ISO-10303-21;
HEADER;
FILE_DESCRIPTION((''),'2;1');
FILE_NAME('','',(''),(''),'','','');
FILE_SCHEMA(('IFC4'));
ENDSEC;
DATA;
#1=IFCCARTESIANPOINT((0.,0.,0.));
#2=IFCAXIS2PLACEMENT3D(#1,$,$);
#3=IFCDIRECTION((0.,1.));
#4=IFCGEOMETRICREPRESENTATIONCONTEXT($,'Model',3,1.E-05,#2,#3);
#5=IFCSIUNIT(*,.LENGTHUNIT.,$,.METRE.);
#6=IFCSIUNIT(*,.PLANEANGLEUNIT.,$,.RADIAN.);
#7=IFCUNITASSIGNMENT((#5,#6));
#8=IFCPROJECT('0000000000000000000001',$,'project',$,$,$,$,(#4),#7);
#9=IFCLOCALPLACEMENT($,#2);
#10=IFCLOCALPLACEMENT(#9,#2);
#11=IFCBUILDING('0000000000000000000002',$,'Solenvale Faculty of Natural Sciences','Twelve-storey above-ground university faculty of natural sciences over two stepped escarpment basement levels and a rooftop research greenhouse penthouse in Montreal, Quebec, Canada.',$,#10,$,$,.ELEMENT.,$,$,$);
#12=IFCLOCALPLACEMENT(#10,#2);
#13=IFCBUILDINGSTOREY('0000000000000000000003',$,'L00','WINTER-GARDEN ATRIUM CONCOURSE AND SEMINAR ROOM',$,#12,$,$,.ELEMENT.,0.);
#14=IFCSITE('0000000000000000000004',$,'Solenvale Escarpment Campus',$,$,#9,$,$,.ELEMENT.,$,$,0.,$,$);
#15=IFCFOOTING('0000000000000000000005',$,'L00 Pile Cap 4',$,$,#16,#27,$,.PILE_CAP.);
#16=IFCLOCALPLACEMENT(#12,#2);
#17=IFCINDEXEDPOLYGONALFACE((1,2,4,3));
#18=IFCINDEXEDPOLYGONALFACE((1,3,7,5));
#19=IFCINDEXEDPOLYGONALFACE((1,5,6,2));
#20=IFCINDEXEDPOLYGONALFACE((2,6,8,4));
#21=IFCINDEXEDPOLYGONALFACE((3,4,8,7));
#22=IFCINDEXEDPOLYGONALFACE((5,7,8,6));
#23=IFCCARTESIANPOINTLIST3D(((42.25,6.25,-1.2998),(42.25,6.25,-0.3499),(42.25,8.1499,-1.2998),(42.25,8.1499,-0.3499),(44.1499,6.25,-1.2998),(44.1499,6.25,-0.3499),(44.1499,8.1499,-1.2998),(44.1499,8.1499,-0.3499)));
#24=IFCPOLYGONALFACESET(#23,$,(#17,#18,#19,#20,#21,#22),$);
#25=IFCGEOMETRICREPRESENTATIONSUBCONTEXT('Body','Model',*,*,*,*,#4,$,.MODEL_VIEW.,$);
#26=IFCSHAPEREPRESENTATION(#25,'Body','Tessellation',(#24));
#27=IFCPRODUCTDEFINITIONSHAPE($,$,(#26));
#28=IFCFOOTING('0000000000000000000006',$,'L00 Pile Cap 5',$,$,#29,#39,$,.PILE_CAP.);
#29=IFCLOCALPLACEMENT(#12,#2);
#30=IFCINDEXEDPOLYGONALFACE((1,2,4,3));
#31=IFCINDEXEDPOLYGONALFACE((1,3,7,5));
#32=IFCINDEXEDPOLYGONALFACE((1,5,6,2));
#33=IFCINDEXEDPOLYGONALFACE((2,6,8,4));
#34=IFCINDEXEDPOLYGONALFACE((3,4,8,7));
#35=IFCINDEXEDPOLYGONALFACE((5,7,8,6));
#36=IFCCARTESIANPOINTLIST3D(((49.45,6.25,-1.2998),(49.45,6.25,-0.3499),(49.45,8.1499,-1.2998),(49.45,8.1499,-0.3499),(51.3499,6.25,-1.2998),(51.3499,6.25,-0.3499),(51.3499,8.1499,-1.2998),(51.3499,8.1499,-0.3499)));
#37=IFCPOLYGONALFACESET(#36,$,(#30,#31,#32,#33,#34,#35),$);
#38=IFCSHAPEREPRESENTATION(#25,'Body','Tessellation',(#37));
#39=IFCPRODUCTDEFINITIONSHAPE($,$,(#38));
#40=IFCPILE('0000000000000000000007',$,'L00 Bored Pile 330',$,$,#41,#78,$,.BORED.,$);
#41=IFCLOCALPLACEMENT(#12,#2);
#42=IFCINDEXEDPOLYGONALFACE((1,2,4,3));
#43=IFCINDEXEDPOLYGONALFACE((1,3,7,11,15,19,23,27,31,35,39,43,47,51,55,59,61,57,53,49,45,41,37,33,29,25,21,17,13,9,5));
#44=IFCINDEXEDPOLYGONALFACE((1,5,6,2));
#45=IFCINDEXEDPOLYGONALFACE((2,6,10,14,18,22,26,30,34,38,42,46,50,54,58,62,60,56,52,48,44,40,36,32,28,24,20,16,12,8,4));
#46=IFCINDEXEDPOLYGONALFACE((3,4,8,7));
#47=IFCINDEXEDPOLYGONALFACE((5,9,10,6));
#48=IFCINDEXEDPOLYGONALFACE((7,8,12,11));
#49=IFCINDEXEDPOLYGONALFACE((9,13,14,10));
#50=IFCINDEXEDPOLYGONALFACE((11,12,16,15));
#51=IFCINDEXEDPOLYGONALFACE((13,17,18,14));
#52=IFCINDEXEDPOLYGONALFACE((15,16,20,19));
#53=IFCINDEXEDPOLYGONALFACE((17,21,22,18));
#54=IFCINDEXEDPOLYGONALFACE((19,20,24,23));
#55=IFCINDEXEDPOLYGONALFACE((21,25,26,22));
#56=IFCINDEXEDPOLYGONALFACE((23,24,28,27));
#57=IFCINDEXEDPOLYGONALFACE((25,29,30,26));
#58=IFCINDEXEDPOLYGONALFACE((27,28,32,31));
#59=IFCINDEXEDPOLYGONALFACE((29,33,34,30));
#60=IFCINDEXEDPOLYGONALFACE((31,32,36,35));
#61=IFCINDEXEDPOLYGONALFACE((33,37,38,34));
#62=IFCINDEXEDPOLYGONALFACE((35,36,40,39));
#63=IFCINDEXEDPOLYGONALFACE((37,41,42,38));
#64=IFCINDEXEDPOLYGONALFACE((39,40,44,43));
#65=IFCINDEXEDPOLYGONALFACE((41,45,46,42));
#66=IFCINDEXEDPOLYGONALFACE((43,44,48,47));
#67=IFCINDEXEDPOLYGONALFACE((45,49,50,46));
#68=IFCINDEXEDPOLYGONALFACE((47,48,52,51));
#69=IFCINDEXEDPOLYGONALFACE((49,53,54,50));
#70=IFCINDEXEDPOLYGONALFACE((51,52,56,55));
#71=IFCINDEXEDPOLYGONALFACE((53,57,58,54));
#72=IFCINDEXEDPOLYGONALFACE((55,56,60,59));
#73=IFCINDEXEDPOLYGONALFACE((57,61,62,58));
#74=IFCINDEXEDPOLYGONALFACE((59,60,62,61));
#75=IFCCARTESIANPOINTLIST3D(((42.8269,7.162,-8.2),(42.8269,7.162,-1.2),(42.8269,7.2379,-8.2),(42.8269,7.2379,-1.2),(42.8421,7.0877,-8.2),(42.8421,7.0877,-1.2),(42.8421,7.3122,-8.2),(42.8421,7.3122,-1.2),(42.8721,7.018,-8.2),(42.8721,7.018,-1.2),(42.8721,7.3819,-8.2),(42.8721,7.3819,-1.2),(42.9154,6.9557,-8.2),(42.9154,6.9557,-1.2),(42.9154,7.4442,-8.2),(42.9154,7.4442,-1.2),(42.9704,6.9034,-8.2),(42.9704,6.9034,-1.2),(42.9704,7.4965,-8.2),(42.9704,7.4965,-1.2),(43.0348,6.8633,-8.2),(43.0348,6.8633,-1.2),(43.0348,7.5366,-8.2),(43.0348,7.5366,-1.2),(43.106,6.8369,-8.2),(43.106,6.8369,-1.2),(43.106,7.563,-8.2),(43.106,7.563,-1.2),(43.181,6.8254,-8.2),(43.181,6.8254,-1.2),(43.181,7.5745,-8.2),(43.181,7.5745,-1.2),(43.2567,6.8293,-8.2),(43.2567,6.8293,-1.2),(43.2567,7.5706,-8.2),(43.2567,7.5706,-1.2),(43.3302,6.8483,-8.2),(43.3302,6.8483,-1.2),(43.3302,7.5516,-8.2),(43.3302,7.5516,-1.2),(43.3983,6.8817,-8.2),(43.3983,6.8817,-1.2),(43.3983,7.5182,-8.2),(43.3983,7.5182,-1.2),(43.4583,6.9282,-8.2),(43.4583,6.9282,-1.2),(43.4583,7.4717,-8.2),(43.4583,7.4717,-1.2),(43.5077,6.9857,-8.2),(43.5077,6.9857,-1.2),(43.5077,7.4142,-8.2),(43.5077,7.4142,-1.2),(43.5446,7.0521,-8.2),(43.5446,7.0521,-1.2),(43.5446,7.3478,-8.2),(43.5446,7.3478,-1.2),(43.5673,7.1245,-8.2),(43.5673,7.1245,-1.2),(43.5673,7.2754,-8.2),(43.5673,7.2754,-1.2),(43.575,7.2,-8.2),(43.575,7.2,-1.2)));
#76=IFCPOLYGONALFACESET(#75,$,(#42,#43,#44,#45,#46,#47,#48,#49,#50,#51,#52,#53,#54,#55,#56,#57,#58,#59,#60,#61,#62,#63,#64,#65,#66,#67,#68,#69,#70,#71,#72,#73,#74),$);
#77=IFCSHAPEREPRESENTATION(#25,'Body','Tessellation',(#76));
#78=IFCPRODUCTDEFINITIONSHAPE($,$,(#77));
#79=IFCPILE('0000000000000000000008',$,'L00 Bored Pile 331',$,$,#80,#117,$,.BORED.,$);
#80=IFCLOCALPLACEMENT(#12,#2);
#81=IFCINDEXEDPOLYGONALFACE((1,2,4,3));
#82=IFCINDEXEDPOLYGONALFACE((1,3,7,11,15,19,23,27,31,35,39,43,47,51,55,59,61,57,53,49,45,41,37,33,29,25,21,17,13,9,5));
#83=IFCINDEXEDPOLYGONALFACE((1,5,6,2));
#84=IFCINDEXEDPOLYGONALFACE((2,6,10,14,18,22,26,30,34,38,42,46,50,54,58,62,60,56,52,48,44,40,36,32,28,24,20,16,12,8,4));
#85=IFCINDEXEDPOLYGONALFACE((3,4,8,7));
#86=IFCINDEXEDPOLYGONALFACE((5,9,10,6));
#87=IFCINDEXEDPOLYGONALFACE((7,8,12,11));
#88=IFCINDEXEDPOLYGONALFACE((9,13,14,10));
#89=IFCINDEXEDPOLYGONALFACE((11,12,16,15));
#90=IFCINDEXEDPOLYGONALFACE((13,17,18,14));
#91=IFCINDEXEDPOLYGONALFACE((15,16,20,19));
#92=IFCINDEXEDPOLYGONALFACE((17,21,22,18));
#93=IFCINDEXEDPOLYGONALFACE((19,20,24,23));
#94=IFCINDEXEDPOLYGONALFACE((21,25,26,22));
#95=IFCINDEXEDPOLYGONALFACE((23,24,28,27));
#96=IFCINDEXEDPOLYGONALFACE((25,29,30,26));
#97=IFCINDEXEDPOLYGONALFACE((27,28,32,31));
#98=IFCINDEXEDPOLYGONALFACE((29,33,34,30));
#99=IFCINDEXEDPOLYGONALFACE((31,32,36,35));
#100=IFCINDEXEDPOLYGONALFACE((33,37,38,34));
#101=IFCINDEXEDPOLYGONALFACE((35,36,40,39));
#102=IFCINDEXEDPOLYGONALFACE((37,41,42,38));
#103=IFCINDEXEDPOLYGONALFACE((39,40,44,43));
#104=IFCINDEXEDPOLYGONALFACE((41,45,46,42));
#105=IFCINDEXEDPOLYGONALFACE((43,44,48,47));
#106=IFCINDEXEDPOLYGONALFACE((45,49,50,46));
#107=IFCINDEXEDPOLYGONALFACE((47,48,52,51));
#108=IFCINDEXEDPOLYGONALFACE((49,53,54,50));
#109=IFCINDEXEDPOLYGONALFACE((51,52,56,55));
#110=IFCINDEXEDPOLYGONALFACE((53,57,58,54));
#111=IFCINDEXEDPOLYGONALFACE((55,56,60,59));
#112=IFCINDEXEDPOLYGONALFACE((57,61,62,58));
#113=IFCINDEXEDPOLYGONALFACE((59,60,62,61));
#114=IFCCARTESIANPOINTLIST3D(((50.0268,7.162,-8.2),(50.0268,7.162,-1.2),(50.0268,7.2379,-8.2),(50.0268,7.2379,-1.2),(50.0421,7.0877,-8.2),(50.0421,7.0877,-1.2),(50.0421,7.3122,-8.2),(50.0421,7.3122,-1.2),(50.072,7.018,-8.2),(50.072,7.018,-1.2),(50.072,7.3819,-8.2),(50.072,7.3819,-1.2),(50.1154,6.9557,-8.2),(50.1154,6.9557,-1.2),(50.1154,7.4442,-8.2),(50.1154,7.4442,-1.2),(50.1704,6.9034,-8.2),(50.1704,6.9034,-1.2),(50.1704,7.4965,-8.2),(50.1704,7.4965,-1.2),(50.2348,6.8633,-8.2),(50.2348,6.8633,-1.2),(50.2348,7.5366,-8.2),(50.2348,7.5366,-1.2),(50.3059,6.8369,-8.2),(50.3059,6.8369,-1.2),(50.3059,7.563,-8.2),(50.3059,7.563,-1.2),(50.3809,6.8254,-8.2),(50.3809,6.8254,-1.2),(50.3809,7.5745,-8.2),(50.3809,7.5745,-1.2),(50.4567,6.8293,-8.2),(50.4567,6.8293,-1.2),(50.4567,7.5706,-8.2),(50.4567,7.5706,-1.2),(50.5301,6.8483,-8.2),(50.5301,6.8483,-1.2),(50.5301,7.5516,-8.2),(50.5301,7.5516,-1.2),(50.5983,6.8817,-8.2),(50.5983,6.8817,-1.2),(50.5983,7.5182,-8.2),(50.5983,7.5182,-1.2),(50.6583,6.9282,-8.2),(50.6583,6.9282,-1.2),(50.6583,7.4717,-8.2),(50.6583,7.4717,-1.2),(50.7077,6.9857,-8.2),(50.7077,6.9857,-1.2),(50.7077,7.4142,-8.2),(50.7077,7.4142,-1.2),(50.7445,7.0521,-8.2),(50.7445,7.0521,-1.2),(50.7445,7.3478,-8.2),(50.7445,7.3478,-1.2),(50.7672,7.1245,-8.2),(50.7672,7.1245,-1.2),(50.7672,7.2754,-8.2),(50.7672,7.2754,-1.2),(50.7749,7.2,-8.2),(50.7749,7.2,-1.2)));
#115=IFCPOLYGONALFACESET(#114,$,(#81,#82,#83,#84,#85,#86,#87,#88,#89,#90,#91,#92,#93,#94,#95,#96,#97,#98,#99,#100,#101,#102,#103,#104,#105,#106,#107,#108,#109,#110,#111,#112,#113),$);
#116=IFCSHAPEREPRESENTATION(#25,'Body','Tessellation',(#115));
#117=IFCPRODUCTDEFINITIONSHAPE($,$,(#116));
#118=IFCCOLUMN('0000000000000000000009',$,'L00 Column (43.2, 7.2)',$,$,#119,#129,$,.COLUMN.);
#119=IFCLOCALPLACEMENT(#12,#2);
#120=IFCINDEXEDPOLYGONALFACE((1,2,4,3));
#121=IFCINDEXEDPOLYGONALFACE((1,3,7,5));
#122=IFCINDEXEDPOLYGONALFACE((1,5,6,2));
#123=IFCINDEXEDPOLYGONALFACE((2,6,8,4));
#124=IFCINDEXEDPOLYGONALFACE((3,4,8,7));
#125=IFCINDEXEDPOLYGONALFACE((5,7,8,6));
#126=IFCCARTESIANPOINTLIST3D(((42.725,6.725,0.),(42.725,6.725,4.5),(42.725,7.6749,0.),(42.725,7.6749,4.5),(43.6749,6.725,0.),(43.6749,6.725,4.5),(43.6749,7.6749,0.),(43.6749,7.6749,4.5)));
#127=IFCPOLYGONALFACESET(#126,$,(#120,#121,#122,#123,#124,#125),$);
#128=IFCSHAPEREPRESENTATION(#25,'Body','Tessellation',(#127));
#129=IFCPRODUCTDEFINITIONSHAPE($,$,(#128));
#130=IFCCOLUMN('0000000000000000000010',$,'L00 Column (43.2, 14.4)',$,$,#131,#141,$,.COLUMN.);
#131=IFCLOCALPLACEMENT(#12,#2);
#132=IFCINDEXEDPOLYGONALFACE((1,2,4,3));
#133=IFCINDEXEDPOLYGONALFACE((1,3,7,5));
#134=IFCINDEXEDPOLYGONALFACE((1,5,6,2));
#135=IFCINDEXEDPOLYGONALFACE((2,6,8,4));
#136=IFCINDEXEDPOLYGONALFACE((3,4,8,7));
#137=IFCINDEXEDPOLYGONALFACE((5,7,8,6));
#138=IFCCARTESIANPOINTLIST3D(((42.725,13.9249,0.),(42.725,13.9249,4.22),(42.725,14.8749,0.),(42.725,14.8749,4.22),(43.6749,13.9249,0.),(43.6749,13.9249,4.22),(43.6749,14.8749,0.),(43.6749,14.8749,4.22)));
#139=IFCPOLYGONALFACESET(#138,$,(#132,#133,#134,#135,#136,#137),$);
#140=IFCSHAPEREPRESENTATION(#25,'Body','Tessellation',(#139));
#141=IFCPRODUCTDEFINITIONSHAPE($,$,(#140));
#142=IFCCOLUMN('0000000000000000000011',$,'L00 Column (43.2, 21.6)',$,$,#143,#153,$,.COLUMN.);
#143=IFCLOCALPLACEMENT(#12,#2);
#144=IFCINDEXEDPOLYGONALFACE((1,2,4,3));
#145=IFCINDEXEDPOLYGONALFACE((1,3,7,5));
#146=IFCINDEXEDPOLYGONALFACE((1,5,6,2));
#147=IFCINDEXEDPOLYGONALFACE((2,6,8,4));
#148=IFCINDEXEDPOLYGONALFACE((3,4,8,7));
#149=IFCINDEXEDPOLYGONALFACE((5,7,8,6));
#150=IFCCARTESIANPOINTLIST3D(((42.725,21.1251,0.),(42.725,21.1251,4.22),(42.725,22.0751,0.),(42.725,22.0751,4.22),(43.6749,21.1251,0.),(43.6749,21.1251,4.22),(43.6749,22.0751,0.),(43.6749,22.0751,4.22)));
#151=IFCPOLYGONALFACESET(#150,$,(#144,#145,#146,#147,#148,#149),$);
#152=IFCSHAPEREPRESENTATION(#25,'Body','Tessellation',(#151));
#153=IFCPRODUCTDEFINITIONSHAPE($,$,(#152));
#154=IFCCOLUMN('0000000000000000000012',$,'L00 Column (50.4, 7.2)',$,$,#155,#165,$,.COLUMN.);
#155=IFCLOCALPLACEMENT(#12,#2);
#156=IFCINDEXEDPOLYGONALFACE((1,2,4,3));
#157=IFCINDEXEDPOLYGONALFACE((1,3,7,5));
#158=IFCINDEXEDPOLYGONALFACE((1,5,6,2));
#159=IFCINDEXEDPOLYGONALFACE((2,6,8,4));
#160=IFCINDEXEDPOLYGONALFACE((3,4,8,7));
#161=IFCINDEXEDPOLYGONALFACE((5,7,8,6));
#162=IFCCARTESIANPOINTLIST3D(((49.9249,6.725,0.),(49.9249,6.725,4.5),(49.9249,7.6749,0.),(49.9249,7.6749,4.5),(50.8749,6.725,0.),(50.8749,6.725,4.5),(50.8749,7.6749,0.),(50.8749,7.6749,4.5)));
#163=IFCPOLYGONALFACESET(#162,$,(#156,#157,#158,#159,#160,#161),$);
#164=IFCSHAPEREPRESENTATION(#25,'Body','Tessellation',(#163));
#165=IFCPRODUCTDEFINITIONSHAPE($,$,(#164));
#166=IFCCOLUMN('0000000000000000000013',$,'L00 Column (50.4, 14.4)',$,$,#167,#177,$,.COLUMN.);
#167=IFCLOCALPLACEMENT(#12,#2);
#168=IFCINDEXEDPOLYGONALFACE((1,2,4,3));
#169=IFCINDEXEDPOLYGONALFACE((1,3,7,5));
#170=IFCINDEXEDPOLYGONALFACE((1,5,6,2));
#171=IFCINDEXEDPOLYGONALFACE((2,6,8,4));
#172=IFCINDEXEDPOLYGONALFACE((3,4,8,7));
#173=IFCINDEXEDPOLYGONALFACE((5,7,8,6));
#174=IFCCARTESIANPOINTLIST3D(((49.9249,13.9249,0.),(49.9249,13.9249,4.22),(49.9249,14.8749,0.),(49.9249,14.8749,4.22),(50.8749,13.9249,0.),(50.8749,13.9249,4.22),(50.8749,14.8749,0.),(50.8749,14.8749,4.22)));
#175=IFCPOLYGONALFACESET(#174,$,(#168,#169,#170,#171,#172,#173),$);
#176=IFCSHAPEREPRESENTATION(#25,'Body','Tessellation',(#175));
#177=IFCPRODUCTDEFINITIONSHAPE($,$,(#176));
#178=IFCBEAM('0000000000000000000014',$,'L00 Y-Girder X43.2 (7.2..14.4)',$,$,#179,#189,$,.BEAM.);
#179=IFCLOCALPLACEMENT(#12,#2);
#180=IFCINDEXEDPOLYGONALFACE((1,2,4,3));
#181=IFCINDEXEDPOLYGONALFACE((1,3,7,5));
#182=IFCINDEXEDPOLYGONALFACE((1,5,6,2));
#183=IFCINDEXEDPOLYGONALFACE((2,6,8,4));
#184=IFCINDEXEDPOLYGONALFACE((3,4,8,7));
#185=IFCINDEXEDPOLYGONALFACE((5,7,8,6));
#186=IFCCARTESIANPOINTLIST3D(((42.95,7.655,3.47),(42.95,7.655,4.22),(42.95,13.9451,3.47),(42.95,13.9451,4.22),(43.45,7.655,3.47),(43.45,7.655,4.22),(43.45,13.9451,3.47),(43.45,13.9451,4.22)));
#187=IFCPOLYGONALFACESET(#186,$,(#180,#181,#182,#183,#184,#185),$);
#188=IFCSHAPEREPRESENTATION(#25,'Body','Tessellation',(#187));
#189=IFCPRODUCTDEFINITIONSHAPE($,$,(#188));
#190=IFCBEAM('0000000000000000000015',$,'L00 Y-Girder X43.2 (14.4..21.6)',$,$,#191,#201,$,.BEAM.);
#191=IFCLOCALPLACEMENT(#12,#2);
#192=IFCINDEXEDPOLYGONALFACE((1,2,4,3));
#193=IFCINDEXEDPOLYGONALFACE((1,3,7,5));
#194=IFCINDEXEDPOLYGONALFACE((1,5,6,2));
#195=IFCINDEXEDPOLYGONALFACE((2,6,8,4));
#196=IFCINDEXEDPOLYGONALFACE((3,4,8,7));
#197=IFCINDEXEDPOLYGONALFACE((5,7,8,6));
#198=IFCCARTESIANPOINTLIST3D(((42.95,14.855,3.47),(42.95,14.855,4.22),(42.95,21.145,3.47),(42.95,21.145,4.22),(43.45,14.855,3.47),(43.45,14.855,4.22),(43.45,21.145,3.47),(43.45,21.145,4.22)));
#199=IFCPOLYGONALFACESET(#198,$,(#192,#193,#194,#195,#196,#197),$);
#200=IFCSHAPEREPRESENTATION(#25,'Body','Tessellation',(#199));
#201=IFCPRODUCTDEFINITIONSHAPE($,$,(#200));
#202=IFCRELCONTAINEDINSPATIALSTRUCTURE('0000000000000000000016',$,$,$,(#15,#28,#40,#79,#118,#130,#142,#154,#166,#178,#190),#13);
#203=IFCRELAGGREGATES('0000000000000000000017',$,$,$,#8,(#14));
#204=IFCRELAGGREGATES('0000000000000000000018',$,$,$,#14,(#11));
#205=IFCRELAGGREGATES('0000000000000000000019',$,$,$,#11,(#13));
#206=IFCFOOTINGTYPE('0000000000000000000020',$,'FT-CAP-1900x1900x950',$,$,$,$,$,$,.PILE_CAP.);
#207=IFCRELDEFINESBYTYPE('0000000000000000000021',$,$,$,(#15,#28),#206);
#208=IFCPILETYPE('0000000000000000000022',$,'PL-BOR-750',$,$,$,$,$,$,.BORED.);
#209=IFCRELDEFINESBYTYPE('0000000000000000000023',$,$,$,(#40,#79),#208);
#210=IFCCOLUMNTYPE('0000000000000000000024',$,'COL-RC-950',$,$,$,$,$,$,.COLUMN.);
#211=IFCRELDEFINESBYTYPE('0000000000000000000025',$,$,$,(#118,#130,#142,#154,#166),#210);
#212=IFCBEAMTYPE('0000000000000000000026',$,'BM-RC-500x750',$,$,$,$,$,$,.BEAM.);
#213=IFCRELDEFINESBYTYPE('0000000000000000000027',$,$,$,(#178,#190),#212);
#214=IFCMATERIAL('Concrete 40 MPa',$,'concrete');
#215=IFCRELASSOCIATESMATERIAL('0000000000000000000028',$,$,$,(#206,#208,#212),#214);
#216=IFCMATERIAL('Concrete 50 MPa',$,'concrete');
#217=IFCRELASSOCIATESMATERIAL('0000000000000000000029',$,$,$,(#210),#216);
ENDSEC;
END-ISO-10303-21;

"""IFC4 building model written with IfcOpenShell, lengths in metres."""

from ifc_helpers import new_model, si_unit, direction, frame, origin, origin_2d, place, context, subcontext, project, spatial, rectangle, circle, extrude, material, material_profile, profile_set, type_object, element, save


model = new_model("IFC4")

# Units and contexts
model_context = context("Model", 3, precision=1e-05, world=origin(), true_north=direction((0.0, 1.0)))
body_context = subcontext(model_context, "Body", "Model", "MODEL_VIEW")
ifc_project = project(units=[si_unit("LENGTHUNIT", "METRE"), si_unit("PLANEANGLEUNIT", "RADIAN")], contexts=[model_context])

# Site, building, storey
site_placement = place(None, origin())
site = spatial("IfcSite", under=ifc_project, at=site_placement, Name="Solenvale Escarpment Campus", CompositionType="ELEMENT", RefElevation=0.0)
building_placement = place(site_placement, origin())
building = spatial("IfcBuilding", under=site, at=building_placement, Name="Solenvale Faculty of Natural Sciences", Description="Twelve-storey above-ground university faculty of natural sciences over two stepped escarpment basement levels and a rooftop research greenhouse penthouse in Montreal, Quebec, Canada.", CompositionType="ELEMENT")
storey_placement = place(building_placement, origin())
storey = spatial("IfcBuildingStorey", under=building, at=storey_placement, Name="L00", Description="WINTER-GARDEN ATRIUM CONCOURSE AND SEMINAR ROOM", CompositionType="ELEMENT", Elevation=0.0)

# Footings
ifc_material_1 = material(Name="Concrete 40 MPa", Category="concrete")
footing_type = type_object("IfcFootingType", Name="FT-CAP-1900x1900x950", PredefinedType="PILE_CAP", material=ifc_material_1)
for number, where, z_axis, x_axis, name in (
    (1, (43.2, 7.2, -1.2998), (0.0, 0.0, 1.0), (1.0, 0.0, 0.0), "L00 Pile Cap 4"),
    (2, (50.3999, 7.2, -1.2998), (0.0, 0.0, 1.0), (1.0, 0.0, 0.0), "L00 Pile Cap 5"),
):
    element("IfcFooting", number, at=place(storey_placement, frame(where, z_axis=z_axis, x_axis=x_axis)), inside=storey, type_object=footing_type, Name=name, PredefinedType="PILE_CAP", context=body_context, shape_type="SweptSolid", body=[
        extrude(rectangle(XDim=1.8999, YDim=1.8999, at=origin_2d()), origin(), (0.0, 0.0, 1.0), 0.95),
    ])

# Piles
ifc_material_profile_1 = material_profile(ifc_material_1, circle(Radius=0.375, at=origin_2d()), Name="PILE-D750")
ifc_profile_set_1 = profile_set([ifc_material_profile_1], Name="Concrete 40 MPa")
pile_type = type_object("IfcPileType", Name="PL-BOR-750", PredefinedType="BORED", material=ifc_profile_set_1)
for number, where, z_axis, x_axis, name in (
    (3, (43.2, 7.2, -1.2), (0.0, 0.0, -1.0), (1.0, 0.0, 0.0), "L00 Bored Pile 330"),
    (4, (50.3999, 7.2, -1.2), (0.0, 0.0, -1.0), (1.0, 0.0, 0.0), "L00 Bored Pile 331"),
):
    element("IfcPile", number, at=place(storey_placement, frame(where, z_axis=z_axis, x_axis=x_axis)), inside=storey, type_object=pile_type, Name=name, PredefinedType="BORED", context=body_context, shape_type="SweptSolid", body=[
        extrude(circle(Radius=0.375, at=origin_2d()), origin(), (0.0, 0.0, 1.0), 7.0),
    ])

# Columns
ifc_material_2 = material(Name="Concrete 50 MPa", Category="concrete")
ifc_material_profile_2 = material_profile(ifc_material_2, rectangle(XDim=0.95, YDim=0.95, at=origin_2d()), Name="RC-COL-950x950")
ifc_profile_set_2 = profile_set([ifc_material_profile_2], Name="Concrete 50 MPa")
column_type = type_object("IfcColumnType", Name="COL-RC-950", PredefinedType="COLUMN", material=ifc_profile_set_2)
column_1_placement = place(storey_placement, frame((43.2, 7.2, 0.0), z_axis=(0.0, 0.0, 1.0), x_axis=(1.0, 0.0, 0.0)))
element("IfcColumn", 5, at=column_1_placement, inside=storey, type_object=column_type, Name="L00 Column (43.2, 7.2)", PredefinedType="COLUMN", context=body_context, shape_type="SweptSolid", body=[
    extrude(rectangle(XDim=0.95, YDim=0.95, at=origin_2d()), origin(), (0.0, 0.0, 1.0), 4.5),
])
for number, where, z_axis, x_axis, name in (
    (6, (43.2, 14.3999, 0.0), (0.0, 0.0, 1.0), (1.0, 0.0, 0.0), "L00 Column (43.2, 14.4)"),
    (7, (43.2, 21.6001, 0.0), (0.0, 0.0, 1.0), (1.0, 0.0, 0.0), "L00 Column (43.2, 21.6)"),
):
    element("IfcColumn", number, at=place(storey_placement, frame(where, z_axis=z_axis, x_axis=x_axis)), inside=storey, type_object=column_type, Name=name, PredefinedType="COLUMN", context=body_context, shape_type="SweptSolid", body=[
        extrude(rectangle(XDim=0.95, YDim=0.95, at=origin_2d()), origin(), (0.0, 0.0, 1.0), 4.22),
    ])
column_2_placement = place(storey_placement, frame((50.3999, 7.2, 0.0), z_axis=(0.0, 0.0, 1.0), x_axis=(1.0, 0.0, 0.0)))
element("IfcColumn", 8, at=column_2_placement, inside=storey, type_object=column_type, Name="L00 Column (50.4, 7.2)", PredefinedType="COLUMN", context=body_context, shape_type="SweptSolid", body=[
    extrude(rectangle(XDim=0.95, YDim=0.95, at=origin_2d()), origin(), (0.0, 0.0, 1.0), 4.5),
])
column_3_placement = place(storey_placement, frame((50.3999, 14.3999, 0.0), z_axis=(0.0, 0.0, 1.0), x_axis=(1.0, 0.0, 0.0)))
element("IfcColumn", 9, at=column_3_placement, inside=storey, type_object=column_type, Name="L00 Column (50.4, 14.4)", PredefinedType="COLUMN", context=body_context, shape_type="SweptSolid", body=[
    extrude(rectangle(XDim=0.95, YDim=0.95, at=origin_2d()), origin(), (0.0, 0.0, 1.0), 4.22),
])

# Beams
ifc_material_profile_3 = material_profile(ifc_material_1, rectangle(XDim=0.5, YDim=0.75, at=origin_2d()), Name="RC-BM-500x750")
ifc_profile_set_3 = profile_set([ifc_material_profile_3], Name="Concrete 40 MPa")
beam_type_1 = type_object("IfcBeamType", Name="BM-RC-500x750", PredefinedType="BEAM", material=ifc_profile_set_3)
for number, where, z_axis, x_axis, name in (
    (10, (43.2, 7.655, 3.845), (0.0, 1.0, 0.0), (-1.0, 0.0, 0.0), "L00 Y-Girder X43.2 (7.2..14.4)"),
    (11, (43.2, 14.855, 3.845), (0.0, 1.0, 0.0), (-1.0, 0.0, 0.0), "L00 Y-Girder X43.2 (14.4..21.6)"),
):
    element("IfcBeam", number, at=place(storey_placement, frame(where, z_axis=z_axis, x_axis=x_axis)), inside=storey, type_object=beam_type_1, Name=name, PredefinedType="BEAM", context=body_context, shape_type="SweptSolid", body=[
        extrude(rectangle(XDim=0.5, YDim=0.75, at=origin_2d()), origin(), (0.0, 0.0, 1.0), 6.29),
    ])

save(model, "model.ifc")
